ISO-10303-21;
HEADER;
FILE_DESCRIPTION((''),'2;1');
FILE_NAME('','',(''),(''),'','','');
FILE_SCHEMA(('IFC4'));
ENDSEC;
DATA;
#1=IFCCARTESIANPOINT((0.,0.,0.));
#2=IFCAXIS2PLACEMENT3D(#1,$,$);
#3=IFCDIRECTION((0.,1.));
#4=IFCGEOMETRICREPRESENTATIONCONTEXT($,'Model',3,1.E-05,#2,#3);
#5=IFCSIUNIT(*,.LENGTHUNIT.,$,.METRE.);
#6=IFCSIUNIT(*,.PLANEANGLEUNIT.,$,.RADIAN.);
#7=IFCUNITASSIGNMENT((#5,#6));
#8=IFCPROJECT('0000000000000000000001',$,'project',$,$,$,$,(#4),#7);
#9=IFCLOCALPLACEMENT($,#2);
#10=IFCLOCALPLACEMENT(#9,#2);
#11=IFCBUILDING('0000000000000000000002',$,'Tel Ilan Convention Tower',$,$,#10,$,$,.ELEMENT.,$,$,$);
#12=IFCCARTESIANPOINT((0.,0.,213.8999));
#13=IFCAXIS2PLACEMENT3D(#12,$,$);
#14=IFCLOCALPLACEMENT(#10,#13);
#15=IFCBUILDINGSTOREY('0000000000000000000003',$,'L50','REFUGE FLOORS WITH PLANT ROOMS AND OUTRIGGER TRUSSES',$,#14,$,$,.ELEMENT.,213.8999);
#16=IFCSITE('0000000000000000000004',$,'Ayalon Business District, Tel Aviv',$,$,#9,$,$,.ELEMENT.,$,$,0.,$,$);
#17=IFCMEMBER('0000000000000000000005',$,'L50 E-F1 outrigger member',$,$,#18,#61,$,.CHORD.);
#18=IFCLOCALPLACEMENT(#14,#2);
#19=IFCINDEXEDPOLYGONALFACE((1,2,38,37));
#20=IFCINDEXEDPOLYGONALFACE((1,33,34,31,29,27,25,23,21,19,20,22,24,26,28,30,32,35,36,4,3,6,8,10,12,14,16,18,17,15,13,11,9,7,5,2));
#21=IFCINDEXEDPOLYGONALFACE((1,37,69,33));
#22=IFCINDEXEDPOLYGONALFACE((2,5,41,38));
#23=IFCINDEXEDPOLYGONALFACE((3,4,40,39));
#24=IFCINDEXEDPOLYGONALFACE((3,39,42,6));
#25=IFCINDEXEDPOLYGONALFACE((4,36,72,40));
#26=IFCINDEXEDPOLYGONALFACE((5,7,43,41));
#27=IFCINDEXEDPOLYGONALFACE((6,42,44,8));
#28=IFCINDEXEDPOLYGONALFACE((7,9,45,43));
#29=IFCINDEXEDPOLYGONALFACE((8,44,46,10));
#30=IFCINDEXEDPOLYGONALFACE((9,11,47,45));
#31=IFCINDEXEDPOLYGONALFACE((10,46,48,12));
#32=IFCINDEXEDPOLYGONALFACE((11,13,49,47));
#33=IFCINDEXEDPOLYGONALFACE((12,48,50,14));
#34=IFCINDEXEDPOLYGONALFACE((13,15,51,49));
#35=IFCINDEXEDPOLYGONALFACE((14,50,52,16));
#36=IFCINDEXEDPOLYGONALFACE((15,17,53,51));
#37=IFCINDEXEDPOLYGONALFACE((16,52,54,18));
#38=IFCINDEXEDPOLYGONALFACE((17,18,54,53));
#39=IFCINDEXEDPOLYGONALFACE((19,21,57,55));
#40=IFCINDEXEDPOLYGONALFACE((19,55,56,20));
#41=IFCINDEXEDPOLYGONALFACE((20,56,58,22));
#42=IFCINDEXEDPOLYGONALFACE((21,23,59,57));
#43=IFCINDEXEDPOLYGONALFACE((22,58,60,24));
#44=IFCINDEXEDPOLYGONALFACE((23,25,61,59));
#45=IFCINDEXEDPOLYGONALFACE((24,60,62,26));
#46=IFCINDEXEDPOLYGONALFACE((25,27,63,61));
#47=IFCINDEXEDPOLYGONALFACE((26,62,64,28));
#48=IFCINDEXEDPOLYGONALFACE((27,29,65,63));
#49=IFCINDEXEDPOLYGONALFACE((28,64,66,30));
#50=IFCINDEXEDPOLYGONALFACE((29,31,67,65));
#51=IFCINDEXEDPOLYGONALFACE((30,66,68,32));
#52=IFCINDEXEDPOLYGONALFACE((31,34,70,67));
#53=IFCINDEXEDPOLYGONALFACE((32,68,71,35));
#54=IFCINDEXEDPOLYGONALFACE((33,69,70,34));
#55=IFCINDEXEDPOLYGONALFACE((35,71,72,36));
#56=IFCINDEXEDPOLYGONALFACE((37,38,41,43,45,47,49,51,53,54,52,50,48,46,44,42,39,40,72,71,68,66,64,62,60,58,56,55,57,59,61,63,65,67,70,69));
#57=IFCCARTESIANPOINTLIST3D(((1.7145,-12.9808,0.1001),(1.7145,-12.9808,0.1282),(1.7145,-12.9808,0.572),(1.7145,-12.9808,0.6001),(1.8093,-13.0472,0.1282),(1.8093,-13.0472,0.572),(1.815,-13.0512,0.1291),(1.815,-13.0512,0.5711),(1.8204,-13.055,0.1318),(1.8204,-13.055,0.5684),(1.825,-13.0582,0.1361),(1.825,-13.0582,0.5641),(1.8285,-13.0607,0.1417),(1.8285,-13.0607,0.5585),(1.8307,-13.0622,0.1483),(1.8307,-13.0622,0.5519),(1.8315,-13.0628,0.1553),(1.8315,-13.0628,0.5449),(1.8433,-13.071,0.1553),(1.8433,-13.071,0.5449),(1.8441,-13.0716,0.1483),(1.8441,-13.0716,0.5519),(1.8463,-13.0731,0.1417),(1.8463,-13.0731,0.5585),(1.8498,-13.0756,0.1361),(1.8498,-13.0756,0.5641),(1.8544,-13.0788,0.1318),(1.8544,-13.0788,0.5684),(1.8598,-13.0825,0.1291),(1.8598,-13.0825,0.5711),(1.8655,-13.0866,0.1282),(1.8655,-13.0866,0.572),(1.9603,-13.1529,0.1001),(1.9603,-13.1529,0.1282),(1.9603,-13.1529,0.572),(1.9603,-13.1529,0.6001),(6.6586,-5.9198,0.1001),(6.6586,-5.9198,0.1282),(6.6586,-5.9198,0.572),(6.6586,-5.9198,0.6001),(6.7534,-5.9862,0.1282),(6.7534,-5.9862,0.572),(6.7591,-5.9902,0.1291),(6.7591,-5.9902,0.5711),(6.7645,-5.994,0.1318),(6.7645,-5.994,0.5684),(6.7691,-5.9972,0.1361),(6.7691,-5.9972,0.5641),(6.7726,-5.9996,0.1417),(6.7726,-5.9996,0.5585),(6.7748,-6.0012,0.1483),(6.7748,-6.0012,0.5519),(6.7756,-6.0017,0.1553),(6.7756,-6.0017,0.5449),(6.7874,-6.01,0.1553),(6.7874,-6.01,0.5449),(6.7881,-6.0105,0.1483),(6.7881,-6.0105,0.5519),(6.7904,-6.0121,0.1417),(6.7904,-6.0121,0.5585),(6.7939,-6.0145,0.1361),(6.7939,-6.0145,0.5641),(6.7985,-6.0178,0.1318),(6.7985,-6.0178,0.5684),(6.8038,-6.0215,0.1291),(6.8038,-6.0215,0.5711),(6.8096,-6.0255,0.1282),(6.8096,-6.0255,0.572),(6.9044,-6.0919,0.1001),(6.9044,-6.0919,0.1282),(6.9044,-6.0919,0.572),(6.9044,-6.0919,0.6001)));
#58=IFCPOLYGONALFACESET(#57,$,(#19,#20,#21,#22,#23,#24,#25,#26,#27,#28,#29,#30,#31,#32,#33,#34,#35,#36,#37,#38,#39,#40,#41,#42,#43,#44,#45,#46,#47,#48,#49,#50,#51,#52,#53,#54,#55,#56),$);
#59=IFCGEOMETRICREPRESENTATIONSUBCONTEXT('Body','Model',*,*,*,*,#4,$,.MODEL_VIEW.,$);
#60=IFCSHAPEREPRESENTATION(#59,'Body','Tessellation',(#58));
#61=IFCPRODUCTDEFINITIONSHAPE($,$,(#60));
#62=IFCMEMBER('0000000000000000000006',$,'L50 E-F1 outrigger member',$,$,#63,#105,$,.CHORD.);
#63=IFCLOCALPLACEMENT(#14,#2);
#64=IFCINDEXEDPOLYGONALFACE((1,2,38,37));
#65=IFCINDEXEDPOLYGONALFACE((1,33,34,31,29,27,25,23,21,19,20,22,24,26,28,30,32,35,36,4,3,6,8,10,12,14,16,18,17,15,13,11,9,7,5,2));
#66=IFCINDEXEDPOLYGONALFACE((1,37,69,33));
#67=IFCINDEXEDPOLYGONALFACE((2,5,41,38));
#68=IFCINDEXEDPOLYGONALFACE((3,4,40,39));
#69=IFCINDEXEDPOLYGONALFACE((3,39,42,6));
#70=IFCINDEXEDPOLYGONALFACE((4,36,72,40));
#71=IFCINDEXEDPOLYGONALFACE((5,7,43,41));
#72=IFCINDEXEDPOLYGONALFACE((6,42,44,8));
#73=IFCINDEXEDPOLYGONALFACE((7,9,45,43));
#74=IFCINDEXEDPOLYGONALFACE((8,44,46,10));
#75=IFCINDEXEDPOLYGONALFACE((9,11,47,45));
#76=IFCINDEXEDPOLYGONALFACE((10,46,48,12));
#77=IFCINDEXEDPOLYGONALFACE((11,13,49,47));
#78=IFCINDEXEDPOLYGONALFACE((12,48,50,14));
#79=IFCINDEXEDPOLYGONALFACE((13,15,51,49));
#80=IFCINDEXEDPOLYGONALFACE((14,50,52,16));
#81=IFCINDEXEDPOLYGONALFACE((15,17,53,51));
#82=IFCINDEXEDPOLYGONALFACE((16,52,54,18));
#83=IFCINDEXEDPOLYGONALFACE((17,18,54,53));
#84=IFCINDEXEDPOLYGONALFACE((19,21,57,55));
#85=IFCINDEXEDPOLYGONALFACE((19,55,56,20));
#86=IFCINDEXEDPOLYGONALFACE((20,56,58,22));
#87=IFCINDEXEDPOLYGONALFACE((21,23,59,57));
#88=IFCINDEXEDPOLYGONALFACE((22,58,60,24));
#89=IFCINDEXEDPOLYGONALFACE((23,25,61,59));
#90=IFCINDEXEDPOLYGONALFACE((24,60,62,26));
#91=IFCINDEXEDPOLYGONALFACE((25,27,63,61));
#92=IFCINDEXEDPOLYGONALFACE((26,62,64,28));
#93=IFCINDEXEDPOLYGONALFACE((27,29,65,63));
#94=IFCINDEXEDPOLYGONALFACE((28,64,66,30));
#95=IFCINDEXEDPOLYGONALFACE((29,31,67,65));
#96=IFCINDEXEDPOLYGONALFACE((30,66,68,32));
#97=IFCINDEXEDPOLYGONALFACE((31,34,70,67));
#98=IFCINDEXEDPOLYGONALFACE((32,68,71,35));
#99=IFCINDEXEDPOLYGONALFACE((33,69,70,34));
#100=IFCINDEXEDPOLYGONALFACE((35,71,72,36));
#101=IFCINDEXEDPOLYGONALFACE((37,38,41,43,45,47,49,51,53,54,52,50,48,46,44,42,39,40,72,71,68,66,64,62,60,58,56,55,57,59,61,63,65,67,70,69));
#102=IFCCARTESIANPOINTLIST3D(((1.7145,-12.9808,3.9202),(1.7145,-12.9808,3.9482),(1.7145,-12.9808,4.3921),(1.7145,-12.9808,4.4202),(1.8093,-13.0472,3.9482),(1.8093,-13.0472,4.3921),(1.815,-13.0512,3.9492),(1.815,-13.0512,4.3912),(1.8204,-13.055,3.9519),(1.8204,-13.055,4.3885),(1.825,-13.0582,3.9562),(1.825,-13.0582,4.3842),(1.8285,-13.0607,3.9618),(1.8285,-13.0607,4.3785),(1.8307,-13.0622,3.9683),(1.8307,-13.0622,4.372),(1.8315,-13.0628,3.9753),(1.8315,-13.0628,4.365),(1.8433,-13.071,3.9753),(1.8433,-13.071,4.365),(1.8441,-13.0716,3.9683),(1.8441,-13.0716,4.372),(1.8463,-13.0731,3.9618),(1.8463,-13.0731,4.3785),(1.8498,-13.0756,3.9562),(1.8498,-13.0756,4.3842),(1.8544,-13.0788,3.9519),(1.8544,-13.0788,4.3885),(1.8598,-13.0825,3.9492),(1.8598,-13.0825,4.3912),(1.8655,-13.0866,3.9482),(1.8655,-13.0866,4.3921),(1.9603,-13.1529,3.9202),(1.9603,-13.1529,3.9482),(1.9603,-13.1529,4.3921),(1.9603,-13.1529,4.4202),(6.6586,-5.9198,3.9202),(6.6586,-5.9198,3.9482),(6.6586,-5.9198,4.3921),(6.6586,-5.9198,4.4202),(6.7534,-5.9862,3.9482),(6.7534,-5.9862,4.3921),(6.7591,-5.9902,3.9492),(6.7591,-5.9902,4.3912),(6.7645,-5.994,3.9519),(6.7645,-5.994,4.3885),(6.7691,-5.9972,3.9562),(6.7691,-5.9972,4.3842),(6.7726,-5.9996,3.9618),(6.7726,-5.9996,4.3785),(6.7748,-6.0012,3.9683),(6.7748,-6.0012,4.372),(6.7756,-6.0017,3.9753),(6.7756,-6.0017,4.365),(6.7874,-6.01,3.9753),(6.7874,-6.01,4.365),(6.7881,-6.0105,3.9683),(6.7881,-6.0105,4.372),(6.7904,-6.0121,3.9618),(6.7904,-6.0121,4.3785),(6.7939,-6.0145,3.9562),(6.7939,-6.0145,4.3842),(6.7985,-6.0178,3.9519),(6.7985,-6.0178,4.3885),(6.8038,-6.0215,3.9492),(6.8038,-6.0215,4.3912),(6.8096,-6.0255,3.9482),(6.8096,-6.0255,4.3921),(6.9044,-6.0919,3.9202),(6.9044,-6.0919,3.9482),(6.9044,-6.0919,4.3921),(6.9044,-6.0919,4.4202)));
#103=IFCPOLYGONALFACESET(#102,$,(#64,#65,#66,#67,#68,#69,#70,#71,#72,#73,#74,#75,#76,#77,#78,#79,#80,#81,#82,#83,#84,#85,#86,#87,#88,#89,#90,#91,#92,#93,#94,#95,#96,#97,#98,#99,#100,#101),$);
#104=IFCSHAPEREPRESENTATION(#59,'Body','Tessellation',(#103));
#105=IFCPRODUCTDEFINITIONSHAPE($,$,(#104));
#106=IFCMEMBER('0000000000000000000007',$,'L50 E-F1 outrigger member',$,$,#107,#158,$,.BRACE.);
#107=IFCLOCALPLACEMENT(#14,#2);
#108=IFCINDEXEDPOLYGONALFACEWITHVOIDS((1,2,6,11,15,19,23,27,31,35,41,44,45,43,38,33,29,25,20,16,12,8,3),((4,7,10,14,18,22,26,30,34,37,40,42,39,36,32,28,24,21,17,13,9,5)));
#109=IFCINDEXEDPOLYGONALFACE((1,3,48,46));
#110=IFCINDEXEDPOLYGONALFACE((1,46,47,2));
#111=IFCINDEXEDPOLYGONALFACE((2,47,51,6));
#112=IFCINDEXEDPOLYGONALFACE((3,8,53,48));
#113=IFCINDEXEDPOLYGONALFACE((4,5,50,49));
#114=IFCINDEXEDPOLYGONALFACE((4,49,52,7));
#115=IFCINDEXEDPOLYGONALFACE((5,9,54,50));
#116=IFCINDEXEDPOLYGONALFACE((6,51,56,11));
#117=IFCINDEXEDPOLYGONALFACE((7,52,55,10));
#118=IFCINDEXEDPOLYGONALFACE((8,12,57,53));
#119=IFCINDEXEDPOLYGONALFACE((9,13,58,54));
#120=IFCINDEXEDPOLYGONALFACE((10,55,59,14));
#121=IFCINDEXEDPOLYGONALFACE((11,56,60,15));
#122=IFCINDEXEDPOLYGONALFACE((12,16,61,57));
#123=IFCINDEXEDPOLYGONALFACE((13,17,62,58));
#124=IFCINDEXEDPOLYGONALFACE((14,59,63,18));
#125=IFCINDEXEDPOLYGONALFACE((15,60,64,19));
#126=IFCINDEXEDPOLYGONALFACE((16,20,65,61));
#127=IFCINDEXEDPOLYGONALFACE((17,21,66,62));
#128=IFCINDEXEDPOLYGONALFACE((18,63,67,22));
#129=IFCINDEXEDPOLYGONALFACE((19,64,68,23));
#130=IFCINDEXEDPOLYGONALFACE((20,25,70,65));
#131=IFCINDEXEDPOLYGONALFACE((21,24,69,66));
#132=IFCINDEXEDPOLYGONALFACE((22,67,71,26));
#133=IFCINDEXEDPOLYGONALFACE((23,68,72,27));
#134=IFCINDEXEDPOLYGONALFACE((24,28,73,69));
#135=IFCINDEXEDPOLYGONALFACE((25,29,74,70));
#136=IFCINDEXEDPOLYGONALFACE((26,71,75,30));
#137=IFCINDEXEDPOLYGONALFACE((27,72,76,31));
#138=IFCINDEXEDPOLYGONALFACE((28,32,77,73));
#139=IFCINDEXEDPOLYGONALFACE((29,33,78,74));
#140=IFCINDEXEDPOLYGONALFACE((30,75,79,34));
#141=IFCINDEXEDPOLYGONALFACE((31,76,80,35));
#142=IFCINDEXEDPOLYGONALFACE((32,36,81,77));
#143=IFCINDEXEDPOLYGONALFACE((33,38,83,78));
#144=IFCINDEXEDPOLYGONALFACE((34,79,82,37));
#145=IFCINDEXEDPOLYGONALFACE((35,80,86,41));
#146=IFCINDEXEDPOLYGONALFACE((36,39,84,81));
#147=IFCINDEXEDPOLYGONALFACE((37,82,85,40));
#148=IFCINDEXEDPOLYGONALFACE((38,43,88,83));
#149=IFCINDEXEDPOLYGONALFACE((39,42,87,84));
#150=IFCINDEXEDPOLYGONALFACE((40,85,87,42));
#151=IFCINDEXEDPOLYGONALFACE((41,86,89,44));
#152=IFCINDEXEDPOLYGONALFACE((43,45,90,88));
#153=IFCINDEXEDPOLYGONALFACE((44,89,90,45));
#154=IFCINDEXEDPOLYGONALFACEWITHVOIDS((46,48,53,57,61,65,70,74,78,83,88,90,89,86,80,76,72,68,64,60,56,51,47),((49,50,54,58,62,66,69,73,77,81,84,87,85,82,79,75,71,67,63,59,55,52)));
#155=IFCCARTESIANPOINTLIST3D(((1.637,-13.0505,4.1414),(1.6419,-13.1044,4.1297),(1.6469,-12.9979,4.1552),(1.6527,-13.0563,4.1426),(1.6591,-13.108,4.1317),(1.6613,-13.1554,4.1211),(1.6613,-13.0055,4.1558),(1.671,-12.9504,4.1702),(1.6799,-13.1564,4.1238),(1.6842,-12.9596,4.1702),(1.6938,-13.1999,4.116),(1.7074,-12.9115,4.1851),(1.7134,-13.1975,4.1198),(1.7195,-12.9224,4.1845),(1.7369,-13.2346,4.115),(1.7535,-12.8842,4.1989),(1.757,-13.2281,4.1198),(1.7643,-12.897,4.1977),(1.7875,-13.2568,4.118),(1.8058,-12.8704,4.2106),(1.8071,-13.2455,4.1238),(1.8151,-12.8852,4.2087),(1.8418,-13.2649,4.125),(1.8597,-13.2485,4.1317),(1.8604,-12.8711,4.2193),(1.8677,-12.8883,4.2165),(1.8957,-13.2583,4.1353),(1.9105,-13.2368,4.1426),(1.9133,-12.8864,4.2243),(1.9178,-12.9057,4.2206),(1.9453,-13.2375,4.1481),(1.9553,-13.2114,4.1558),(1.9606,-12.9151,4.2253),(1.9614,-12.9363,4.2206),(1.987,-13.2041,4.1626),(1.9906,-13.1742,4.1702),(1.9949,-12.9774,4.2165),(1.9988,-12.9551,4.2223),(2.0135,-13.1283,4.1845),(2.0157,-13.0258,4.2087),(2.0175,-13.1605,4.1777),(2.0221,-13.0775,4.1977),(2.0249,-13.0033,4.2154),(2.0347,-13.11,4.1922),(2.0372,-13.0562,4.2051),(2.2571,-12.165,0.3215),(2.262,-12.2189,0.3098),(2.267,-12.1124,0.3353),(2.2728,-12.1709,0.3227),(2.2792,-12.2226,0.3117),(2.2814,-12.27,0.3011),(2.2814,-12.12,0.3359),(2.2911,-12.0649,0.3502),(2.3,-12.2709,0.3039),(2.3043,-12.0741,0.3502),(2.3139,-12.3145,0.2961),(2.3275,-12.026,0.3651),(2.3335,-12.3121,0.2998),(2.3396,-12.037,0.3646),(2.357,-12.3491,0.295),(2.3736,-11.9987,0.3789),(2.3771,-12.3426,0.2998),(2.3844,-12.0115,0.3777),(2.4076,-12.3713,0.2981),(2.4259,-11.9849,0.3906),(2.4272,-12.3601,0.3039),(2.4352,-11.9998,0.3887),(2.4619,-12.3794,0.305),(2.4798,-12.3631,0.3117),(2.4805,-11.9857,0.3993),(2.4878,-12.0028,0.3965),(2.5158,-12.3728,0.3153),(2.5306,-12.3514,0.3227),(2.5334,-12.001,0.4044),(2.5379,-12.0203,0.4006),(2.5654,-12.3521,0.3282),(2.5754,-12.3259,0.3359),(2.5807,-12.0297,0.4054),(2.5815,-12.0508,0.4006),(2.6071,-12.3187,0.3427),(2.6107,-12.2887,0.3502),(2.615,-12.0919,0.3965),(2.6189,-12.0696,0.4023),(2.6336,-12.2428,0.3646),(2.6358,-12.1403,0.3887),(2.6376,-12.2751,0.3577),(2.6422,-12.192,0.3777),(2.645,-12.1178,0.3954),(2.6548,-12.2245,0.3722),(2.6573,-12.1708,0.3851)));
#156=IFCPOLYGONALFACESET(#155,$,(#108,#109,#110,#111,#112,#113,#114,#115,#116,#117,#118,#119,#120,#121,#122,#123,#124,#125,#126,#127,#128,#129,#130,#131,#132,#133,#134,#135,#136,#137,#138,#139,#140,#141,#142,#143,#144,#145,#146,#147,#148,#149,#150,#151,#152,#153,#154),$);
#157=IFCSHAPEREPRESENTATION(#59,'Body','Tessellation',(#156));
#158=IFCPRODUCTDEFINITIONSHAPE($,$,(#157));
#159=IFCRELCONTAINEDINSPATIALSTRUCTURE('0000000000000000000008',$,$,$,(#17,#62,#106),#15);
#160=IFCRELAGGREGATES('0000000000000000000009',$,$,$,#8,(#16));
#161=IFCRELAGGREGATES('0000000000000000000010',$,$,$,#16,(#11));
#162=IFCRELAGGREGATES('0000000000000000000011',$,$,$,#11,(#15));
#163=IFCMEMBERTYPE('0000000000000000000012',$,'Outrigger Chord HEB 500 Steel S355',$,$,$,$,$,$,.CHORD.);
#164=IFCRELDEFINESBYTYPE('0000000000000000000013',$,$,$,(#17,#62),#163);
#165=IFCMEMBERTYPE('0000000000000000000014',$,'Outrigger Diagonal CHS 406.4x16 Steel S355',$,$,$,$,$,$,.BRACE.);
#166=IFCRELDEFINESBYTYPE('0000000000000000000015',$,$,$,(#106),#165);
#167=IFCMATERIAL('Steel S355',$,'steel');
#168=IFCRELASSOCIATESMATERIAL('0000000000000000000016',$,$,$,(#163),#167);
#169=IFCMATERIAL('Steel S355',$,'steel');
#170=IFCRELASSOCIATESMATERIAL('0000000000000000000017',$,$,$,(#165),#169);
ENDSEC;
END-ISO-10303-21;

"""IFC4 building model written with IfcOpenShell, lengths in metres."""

from ifc_helpers import new_model, si_unit, direction, frame, origin, origin_2d, place, context, subcontext, project, spatial, hollow_circle, i_section, extrude, material, material_profile, profile_set, type_object, element, save


model = new_model("IFC4")

# Units and contexts
model_context = context("Model", 3, precision=1e-05, world=origin(), true_north=direction((0.0, 1.0)))
body_context = subcontext(model_context, "Body", "Model", "MODEL_VIEW")
ifc_project = project(units=[si_unit("LENGTHUNIT", "METRE"), si_unit("PLANEANGLEUNIT", "RADIAN")], contexts=[model_context])

# Site, building, storey
site_placement = place(None, origin())
site = spatial("IfcSite", under=ifc_project, at=site_placement, Name="Ayalon Business District, Tel Aviv", CompositionType="ELEMENT", RefElevation=0.0)
building_placement = place(site_placement, origin())
building = spatial("IfcBuilding", under=site, at=building_placement, Name="Tel Ilan Convention Tower", CompositionType="ELEMENT")
storey_placement = place(building_placement, frame((0.0, 0.0, 213.8999)))
storey = spatial("IfcBuildingStorey", under=building, at=storey_placement, Name="L50", Description="REFUGE FLOORS WITH PLANT ROOMS AND OUTRIGGER TRUSSES", CompositionType="ELEMENT", Elevation=213.8999)

# Members
ifc_material_1 = material(Name="Steel S355", Category="steel")
ifc_material_profile_1 = material_profile(ifc_material_1, i_section(OverallWidth=0.3, OverallDepth=0.5, WebThickness=0.0144, FlangeThickness=0.0281, FilletRadius=0.0271, at=origin_2d()), Name="HEB 500")
ifc_profile_set_1 = profile_set([ifc_material_profile_1], Name="Steel S355")
member_type_1 = type_object("IfcMemberType", Name="Outrigger Chord HEB 500 Steel S355", PredefinedType="CHORD", material=ifc_profile_set_1)
for number, where, z_axis, x_axis, name in (
    (1, (1.8374, -13.0669, 0.3501), (0.573569, 0.819157, 0.0), (-0.819157, 0.573569, 0.0), "L50 E-F1 outrigger member"),
    (2, (1.8374, -13.0669, 4.1702), (0.573569, 0.819157, 0.0), (-0.819157, 0.573569, 0.0), "L50 E-F1 outrigger member"),
):
    element("IfcMember", number, at=place(storey_placement, frame(where, z_axis=z_axis, x_axis=x_axis)), inside=storey, type_object=member_type_1, Name=name, PredefinedType="CHORD", context=body_context, shape_type="SweptSolid", body=[
        extrude(i_section(OverallWidth=0.3, OverallDepth=0.5, WebThickness=0.0144, FlangeThickness=0.0281, FilletRadius=0.0271, at=origin_2d()), origin(), (0.0, 0.0, 1.0), 8.6199),
    ])
ifc_material_2 = material(Name="Steel S355", Category="steel")
ifc_material_profile_2 = material_profile(ifc_material_2, hollow_circle(Radius=0.2031, WallThickness=0.0161, at=origin_2d()), Name="CHS 406.4x16")
ifc_profile_set_2 = profile_set([ifc_material_profile_2], Name="Steel S355")
member_type_2 = type_object("IfcMemberType", Name="Outrigger Diagonal CHS 406.4x16 Steel S355", PredefinedType="BRACE", material=ifc_profile_set_2)
member_1_placement = place(storey_placement, frame((1.8374, -13.0669, 4.1702), z_axis=(0.156197, 0.223043, -0.962213), x_axis=(-0.819115, 0.573629, 0.0)))
element("IfcMember", 3, at=member_1_placement, inside=storey, type_object=member_type_2, Name="L50 E-F1 outrigger member", PredefinedType="BRACE", context=body_context, shape_type="SweptSolid", body=[
    extrude(hollow_circle(Radius=0.2031, WallThickness=0.0161, at=origin_2d()), origin(), (0.0, 0.0, 1.0), 3.97),
])

save(model, "model.ifc")
